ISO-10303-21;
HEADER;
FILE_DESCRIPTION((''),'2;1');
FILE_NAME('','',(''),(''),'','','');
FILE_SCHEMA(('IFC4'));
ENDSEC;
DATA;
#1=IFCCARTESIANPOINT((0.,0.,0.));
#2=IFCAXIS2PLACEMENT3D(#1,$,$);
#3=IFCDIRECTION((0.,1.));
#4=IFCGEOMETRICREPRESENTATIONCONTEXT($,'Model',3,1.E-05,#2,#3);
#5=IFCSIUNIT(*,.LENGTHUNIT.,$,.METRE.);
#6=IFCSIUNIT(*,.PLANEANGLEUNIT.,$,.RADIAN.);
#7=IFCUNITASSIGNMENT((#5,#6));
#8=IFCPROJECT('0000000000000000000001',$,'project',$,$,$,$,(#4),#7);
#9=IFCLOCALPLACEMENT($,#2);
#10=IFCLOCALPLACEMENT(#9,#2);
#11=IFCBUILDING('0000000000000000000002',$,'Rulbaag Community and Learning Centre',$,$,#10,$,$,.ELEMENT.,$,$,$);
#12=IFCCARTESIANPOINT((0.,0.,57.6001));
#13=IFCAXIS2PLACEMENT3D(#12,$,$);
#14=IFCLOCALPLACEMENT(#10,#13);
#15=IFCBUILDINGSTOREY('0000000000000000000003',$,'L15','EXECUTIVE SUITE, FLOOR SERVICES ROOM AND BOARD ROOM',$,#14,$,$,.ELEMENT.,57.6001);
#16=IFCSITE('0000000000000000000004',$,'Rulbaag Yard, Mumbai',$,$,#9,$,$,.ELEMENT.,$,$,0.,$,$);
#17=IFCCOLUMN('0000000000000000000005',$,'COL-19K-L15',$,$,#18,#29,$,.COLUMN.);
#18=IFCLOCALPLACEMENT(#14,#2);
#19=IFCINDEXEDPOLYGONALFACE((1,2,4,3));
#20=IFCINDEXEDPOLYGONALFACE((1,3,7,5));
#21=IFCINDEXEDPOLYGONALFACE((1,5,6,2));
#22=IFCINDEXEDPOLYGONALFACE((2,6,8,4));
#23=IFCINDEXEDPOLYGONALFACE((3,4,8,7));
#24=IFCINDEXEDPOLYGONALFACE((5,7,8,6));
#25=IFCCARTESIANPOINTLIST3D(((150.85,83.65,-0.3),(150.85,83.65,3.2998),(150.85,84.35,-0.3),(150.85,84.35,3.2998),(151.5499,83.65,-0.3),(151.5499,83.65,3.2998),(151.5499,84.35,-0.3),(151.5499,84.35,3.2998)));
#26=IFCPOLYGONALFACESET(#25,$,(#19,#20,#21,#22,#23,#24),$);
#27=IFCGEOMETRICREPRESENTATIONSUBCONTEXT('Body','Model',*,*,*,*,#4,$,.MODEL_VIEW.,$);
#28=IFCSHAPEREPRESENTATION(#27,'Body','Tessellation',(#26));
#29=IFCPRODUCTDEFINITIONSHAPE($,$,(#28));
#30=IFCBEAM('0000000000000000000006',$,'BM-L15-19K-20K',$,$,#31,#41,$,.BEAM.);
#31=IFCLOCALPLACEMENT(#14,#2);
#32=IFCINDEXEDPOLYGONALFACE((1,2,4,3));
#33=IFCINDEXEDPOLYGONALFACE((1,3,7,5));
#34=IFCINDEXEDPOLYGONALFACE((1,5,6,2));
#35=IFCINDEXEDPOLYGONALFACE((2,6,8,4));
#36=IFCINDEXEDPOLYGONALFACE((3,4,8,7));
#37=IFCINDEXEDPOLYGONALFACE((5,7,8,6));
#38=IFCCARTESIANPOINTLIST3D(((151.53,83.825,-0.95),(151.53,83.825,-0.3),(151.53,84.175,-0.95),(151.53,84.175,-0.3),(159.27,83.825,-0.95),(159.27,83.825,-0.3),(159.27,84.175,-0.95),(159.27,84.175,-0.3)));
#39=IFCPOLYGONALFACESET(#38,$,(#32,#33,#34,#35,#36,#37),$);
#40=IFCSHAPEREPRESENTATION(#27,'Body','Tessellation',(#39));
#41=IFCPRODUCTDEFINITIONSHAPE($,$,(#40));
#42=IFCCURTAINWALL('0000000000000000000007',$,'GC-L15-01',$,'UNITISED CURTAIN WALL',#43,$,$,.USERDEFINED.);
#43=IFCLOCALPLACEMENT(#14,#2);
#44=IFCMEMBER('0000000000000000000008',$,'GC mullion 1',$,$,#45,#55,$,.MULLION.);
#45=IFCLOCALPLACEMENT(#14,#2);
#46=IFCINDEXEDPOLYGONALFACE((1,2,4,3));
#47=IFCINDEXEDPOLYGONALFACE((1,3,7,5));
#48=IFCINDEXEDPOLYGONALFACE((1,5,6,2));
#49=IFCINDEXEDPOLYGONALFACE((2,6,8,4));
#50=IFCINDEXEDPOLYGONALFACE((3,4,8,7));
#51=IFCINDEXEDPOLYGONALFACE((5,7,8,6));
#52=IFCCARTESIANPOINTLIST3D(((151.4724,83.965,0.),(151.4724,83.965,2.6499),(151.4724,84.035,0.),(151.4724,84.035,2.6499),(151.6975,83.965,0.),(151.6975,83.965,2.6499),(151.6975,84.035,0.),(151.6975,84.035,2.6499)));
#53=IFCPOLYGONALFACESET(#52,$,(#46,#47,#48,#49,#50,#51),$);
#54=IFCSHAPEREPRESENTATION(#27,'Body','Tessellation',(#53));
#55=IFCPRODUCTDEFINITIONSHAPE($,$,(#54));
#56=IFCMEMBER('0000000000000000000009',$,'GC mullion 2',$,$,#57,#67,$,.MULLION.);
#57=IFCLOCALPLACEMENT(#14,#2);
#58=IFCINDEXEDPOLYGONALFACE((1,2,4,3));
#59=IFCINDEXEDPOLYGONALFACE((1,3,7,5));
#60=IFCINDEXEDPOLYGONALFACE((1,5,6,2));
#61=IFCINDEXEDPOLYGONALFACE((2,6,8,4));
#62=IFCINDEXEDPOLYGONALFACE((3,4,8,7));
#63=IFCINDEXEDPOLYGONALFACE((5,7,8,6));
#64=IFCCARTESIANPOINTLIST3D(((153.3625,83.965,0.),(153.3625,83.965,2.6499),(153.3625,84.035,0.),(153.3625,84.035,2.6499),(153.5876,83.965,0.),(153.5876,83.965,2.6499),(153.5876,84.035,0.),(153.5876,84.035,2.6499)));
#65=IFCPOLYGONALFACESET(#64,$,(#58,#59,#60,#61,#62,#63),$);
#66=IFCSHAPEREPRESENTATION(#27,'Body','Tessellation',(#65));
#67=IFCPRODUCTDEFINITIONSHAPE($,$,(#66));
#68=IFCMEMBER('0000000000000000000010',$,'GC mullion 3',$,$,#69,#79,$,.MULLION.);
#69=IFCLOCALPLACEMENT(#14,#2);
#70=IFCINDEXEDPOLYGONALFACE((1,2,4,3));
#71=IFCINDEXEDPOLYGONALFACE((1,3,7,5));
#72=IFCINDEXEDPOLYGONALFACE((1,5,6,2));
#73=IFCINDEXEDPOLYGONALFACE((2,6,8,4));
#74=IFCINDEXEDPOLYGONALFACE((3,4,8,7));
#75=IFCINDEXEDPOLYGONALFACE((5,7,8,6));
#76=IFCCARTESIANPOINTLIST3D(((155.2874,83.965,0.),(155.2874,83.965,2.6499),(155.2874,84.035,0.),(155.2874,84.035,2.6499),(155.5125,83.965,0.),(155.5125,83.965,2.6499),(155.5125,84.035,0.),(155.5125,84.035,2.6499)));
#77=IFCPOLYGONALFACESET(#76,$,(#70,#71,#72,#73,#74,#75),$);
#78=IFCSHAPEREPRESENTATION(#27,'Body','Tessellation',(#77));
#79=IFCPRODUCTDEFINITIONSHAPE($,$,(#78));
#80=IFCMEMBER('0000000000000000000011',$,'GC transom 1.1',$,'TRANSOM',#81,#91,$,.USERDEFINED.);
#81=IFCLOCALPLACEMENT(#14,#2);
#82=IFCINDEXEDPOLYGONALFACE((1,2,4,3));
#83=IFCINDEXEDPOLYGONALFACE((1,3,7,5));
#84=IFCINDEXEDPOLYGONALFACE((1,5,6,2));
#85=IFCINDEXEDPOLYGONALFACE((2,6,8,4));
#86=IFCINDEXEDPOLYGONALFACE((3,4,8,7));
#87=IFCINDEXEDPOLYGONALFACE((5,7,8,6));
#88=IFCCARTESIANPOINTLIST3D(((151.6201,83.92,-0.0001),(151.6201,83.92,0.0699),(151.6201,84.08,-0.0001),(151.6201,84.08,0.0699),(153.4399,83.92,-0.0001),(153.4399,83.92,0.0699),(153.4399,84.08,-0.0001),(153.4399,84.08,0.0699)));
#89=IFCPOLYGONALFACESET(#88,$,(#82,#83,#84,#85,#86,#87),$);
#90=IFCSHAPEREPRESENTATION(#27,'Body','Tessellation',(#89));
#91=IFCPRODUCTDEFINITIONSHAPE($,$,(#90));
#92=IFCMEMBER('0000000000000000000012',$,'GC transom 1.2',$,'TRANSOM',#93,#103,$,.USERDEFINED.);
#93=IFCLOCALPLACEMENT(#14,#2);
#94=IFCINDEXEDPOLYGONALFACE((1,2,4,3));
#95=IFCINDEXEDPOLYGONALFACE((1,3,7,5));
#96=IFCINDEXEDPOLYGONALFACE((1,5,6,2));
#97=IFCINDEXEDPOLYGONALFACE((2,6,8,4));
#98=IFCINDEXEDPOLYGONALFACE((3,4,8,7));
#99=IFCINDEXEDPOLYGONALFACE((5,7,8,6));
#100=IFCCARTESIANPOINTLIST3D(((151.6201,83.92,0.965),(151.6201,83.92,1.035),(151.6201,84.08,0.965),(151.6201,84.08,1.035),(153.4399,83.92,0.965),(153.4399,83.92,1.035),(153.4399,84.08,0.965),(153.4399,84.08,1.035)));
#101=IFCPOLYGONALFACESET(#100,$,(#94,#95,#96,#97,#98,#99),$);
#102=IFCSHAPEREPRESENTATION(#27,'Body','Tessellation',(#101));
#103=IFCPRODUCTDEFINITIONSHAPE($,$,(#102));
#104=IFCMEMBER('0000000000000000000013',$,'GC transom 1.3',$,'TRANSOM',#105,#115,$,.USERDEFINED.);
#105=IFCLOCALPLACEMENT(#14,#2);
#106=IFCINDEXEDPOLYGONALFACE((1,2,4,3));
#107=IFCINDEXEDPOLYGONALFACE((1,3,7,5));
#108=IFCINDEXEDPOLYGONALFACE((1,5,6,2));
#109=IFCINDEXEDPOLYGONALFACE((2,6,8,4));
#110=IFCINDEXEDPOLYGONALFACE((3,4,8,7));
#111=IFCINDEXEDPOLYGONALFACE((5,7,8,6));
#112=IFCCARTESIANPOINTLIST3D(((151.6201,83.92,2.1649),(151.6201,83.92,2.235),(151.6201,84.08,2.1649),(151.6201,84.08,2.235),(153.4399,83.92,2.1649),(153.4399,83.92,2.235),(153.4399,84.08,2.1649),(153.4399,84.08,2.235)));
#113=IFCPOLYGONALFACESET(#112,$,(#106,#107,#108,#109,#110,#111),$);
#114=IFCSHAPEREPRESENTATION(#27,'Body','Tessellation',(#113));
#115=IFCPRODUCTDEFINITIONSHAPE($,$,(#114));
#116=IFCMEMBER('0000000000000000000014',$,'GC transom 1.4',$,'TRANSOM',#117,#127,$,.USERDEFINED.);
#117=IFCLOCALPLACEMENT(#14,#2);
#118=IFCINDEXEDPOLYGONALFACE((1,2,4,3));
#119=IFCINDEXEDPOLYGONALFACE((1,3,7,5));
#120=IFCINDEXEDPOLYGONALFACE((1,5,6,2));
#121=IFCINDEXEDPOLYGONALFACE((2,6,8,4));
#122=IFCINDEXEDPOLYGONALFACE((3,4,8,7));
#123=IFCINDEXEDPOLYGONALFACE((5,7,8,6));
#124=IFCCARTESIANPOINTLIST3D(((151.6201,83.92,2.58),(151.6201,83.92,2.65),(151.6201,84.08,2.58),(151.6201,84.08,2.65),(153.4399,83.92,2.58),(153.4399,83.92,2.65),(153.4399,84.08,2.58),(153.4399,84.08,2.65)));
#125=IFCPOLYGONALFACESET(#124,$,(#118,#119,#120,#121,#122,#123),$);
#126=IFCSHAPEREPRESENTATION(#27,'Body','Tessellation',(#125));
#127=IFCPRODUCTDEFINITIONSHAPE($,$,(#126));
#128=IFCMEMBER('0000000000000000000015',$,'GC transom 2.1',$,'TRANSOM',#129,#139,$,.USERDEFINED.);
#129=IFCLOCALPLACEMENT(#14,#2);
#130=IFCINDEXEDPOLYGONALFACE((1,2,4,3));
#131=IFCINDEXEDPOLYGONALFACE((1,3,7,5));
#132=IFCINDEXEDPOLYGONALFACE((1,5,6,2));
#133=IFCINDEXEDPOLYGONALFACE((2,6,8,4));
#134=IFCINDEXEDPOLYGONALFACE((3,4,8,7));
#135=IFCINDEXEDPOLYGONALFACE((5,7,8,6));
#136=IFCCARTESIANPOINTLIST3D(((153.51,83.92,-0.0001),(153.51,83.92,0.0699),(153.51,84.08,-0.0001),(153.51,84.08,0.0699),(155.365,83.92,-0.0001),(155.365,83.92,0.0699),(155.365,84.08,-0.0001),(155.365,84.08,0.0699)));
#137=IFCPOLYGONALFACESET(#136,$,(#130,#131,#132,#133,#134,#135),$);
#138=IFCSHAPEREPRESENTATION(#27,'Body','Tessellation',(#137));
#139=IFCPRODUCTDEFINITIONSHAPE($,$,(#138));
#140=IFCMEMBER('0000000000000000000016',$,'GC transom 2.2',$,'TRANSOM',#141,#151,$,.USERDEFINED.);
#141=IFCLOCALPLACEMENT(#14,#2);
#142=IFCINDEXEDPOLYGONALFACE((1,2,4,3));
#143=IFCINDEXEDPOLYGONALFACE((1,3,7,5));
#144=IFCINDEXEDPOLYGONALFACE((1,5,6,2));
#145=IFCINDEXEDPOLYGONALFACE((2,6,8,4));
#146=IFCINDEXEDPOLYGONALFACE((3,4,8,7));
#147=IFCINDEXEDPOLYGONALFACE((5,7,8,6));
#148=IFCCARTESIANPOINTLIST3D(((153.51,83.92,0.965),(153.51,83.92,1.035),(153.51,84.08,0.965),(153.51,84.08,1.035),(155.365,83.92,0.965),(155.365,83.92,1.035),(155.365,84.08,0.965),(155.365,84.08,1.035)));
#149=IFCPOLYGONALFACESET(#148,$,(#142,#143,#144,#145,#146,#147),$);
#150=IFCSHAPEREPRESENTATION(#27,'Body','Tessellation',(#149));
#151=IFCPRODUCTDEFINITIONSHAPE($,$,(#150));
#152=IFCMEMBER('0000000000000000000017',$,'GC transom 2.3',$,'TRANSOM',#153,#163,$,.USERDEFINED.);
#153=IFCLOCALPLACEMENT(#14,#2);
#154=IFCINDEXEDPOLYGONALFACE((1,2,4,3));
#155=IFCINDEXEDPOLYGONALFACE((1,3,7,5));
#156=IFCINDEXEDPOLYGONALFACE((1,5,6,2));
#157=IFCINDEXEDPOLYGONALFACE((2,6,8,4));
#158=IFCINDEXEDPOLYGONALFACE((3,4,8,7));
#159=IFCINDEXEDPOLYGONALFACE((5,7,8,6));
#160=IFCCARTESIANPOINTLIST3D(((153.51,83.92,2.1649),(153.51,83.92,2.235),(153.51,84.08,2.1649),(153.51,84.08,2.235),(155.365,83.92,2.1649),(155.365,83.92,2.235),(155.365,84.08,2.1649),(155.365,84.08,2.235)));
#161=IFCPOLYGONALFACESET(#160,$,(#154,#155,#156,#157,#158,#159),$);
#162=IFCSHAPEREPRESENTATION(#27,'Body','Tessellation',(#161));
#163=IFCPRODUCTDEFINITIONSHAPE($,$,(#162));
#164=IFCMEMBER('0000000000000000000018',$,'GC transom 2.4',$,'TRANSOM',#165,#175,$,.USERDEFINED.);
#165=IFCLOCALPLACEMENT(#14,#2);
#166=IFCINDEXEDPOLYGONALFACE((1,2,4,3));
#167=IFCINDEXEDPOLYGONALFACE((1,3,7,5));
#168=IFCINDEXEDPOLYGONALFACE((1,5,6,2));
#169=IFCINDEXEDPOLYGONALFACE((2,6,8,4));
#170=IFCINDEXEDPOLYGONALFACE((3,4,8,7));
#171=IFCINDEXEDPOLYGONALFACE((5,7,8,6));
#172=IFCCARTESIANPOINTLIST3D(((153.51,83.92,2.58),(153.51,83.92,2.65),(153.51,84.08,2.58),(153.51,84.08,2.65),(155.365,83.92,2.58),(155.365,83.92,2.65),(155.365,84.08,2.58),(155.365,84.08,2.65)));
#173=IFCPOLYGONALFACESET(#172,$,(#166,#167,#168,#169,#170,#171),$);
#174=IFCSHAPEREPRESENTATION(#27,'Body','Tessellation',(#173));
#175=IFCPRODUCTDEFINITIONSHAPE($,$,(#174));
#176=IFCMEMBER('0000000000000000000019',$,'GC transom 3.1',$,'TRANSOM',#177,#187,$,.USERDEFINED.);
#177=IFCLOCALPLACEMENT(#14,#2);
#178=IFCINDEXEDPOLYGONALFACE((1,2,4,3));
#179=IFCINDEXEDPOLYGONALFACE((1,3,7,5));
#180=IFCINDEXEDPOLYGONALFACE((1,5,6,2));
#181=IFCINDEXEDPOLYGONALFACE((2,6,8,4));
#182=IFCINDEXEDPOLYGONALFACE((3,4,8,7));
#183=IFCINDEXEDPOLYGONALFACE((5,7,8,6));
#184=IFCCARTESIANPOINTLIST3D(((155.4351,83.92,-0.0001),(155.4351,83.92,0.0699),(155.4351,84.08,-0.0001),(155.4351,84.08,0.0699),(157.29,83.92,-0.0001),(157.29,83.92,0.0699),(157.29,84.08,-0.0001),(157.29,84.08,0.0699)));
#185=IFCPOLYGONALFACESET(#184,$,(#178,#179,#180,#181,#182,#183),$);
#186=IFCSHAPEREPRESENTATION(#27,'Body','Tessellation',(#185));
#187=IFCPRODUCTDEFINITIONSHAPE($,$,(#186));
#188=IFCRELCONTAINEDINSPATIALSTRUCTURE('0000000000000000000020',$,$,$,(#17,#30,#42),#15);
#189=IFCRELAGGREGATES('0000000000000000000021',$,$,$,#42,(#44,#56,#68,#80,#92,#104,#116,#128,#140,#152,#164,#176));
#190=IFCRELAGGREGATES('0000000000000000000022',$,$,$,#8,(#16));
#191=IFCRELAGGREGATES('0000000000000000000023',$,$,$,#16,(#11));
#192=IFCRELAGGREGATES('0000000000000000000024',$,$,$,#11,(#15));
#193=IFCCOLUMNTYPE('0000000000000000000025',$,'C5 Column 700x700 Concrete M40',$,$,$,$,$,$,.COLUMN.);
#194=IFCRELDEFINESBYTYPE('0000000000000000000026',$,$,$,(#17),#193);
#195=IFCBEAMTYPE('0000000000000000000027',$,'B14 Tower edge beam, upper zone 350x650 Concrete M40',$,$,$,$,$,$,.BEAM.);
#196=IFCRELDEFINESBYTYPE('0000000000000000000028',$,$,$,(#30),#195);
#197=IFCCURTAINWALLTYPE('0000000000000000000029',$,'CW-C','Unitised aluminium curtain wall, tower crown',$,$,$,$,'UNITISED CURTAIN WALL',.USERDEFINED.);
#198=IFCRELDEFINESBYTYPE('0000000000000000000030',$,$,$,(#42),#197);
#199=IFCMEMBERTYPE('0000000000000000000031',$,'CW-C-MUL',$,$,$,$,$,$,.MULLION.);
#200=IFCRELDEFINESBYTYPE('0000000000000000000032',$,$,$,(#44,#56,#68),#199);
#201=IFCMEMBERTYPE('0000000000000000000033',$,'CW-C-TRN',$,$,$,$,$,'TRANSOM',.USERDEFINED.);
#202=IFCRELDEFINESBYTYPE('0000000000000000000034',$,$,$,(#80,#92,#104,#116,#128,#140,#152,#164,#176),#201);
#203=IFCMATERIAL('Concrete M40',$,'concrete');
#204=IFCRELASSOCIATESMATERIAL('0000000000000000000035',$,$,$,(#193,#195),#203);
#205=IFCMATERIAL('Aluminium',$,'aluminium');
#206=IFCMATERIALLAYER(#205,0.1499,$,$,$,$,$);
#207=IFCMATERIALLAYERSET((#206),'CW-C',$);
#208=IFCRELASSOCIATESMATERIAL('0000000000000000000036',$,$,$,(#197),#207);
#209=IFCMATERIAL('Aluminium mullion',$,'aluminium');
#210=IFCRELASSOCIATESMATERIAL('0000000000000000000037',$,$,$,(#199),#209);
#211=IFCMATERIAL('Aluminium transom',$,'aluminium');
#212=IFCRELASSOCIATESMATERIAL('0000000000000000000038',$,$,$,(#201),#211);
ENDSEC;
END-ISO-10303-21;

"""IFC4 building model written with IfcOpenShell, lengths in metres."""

from ifc_helpers import new_model, si_unit, direction, frame, origin, origin_2d, place, context, subcontext, project, spatial, rectangle, extrude, material, layer, layer_set, material_profile, profile_set, type_object, element, aggregate, save


model = new_model("IFC4")

# Units and contexts
model_context = context("Model", 3, precision=1e-05, world=origin(), true_north=direction((0.0, 1.0)))
body_context = subcontext(model_context, "Body", "Model", "MODEL_VIEW")
ifc_project = project(units=[si_unit("LENGTHUNIT", "METRE"), si_unit("PLANEANGLEUNIT", "RADIAN")], contexts=[model_context])

# Site, building, storey
site_placement = place(None, origin())
site = spatial("IfcSite", under=ifc_project, at=site_placement, Name="Rulbaag Yard, Mumbai", CompositionType="ELEMENT", RefElevation=0.0)
building_placement = place(site_placement, origin())
building = spatial("IfcBuilding", under=site, at=building_placement, Name="Rulbaag Community and Learning Centre", CompositionType="ELEMENT")
storey_placement = place(building_placement, frame((0.0, 0.0, 57.6001)))
storey = spatial("IfcBuildingStorey", under=building, at=storey_placement, Name="L15", Description="EXECUTIVE SUITE, FLOOR SERVICES ROOM AND BOARD ROOM", CompositionType="ELEMENT", Elevation=57.6001)

# Column
ifc_material_1 = material(Name="Concrete M40", Category="concrete")
ifc_material_profile_1 = material_profile(ifc_material_1, rectangle(XDim=0.7, YDim=0.7, at=origin_2d()), Name="RC700x700")
ifc_profile_set_1 = profile_set([ifc_material_profile_1], Name="Concrete M40")
column_type = type_object("IfcColumnType", Name="C5 Column 700x700 Concrete M40", PredefinedType="COLUMN", material=ifc_profile_set_1)
column_placement = place(storey_placement, frame((151.2, 84.0, -0.3), z_axis=(0.0, 0.0, 1.0), x_axis=(1.0, 0.0, 0.0)))
element("IfcColumn", 1, at=column_placement, inside=storey, type_object=column_type, Name="COL-19K-L15", PredefinedType="COLUMN", context=body_context, shape_type="SweptSolid", body=[
    extrude(rectangle(XDim=0.7, YDim=0.7, at=origin_2d()), origin(), (0.0, 0.0, 1.0), 3.5999),
])

# Beam
ifc_material_profile_2 = material_profile(ifc_material_1, rectangle(XDim=0.3501, YDim=0.6499, at=origin_2d()), Name="RB350x650")
ifc_profile_set_2 = profile_set([ifc_material_profile_2], Name="Concrete M40")
beam_type = type_object("IfcBeamType", Name="B14 Tower edge beam, upper zone 350x650 Concrete M40", PredefinedType="BEAM", material=ifc_profile_set_2)
beam_placement = place(storey_placement, frame((151.53, 84.0, -0.625), z_axis=(1.0, 0.0, 0.0), x_axis=(0.0, 1.0, 0.0)))
element("IfcBeam", 2, at=beam_placement, inside=storey, type_object=beam_type, Name="BM-L15-19K-20K", PredefinedType="BEAM", context=body_context, shape_type="SweptSolid", body=[
    extrude(rectangle(XDim=0.3501, YDim=0.6499, at=origin_2d()), origin(), (0.0, 0.0, 1.0), 7.74),
])

# Curtain wall, members
ifc_material_2 = material(Name="Aluminium", Category="aluminium")
ifc_layer_1 = layer(ifc_material_2, 0.1499)
ifc_layer_set_1 = layer_set([ifc_layer_1], Name="CW-C")
curtain_wall_type = type_object("IfcCurtainWallType", Name="CW-C", Description="Unitised aluminium curtain wall, tower crown", ElementType="UNITISED CURTAIN WALL", PredefinedType="USERDEFINED", material=ifc_layer_set_1)
curtain_wall_placement = place(storey_placement, origin())
curtain_wall = element("IfcCurtainWall", 3, at=curtain_wall_placement, inside=storey, type_object=curtain_wall_type, Name="GC-L15-01", ObjectType="UNITISED CURTAIN WALL", PredefinedType="USERDEFINED")
ifc_material_3 = material(Name="Aluminium mullion", Category="aluminium")
ifc_material_profile_3 = material_profile(ifc_material_3, rectangle(XDim=0.0701, YDim=0.2251, at=origin_2d()), Name="AL 70x225")
ifc_profile_set_3 = profile_set([ifc_material_profile_3], Name="Aluminium mullion")
member_type_1 = type_object("IfcMemberType", Name="CW-C-MUL", PredefinedType="MULLION", material=ifc_profile_set_3)
member_1_placement = place(storey_placement, frame((151.585, 84.0, 0.0), z_axis=(0.0, 0.0, 1.0), x_axis=(0.0, 1.0, 0.0)))
member_1 = element("IfcMember", 4, at=member_1_placement, type_object=member_type_1, Name="GC mullion 1", PredefinedType="MULLION", context=body_context, shape_type="SweptSolid", body=[
    extrude(rectangle(XDim=0.0701, YDim=0.2251, at=origin_2d()), origin(), (0.0, 0.0, 1.0), 2.6499),
])
member_2_placement = place(storey_placement, frame((153.4751, 84.0, 0.0), z_axis=(0.0, 0.0, 1.0), x_axis=(0.0, 1.0, 0.0)))
member_2 = element("IfcMember", 5, at=member_2_placement, type_object=member_type_1, Name="GC mullion 2", PredefinedType="MULLION", context=body_context, shape_type="SweptSolid", body=[
    extrude(rectangle(XDim=0.0701, YDim=0.2251, at=origin_2d()), origin(), (0.0, 0.0, 1.0), 2.6499),
])
member_3_placement = place(storey_placement, frame((155.3999, 84.0, 0.0), z_axis=(0.0, 0.0, 1.0), x_axis=(0.0, 1.0, 0.0)))
member_3 = element("IfcMember", 6, at=member_3_placement, type_object=member_type_1, Name="GC mullion 3", PredefinedType="MULLION", context=body_context, shape_type="SweptSolid", body=[
    extrude(rectangle(XDim=0.0701, YDim=0.2251, at=origin_2d()), origin(), (0.0, 0.0, 1.0), 2.6499),
])
ifc_material_4 = material(Name="Aluminium transom", Category="aluminium")
ifc_material_profile_4 = material_profile(ifc_material_4, rectangle(XDim=0.1599, YDim=0.0701, at=origin_2d()), Name="AL 70x160 T")
ifc_profile_set_4 = profile_set([ifc_material_profile_4], Name="Aluminium transom")
member_type_2 = type_object("IfcMemberType", Name="CW-C-TRN", ElementType="TRANSOM", PredefinedType="USERDEFINED", material=ifc_profile_set_4)
member_4_placement = place(storey_placement, frame((151.6201, 84.0, 0.0349), z_axis=(1.0, 0.0, 0.0), x_axis=(0.0, 1.0, 0.0)))
member_4 = element("IfcMember", 7, at=member_4_placement, type_object=member_type_2, Name="GC transom 1.1", ObjectType="TRANSOM", PredefinedType="USERDEFINED", context=body_context, shape_type="SweptSolid", body=[
    extrude(rectangle(XDim=0.1599, YDim=0.0701, at=origin_2d()), origin(), (0.0, 0.0, 1.0), 1.8198),
])
member_5_placement = place(storey_placement, frame((151.6201, 84.0, 1.0), z_axis=(1.0, 0.0, 0.0), x_axis=(0.0, 1.0, 0.0)))
member_5 = element("IfcMember", 8, at=member_5_placement, type_object=member_type_2, Name="GC transom 1.2", ObjectType="TRANSOM", PredefinedType="USERDEFINED", context=body_context, shape_type="SweptSolid", body=[
    extrude(rectangle(XDim=0.1599, YDim=0.0701, at=origin_2d()), origin(), (0.0, 0.0, 1.0), 1.8198),
])
member_6_placement = place(storey_placement, frame((151.6201, 84.0, 2.2), z_axis=(1.0, 0.0, 0.0), x_axis=(0.0, 1.0, 0.0)))
member_6 = element("IfcMember", 9, at=member_6_placement, type_object=member_type_2, Name="GC transom 1.3", ObjectType="TRANSOM", PredefinedType="USERDEFINED", context=body_context, shape_type="SweptSolid", body=[
    extrude(rectangle(XDim=0.1599, YDim=0.0701, at=origin_2d()), origin(), (0.0, 0.0, 1.0), 1.8198),
])
member_7_placement = place(storey_placement, frame((151.6201, 84.0, 2.615), z_axis=(1.0, 0.0, 0.0), x_axis=(0.0, 1.0, 0.0)))
member_7 = element("IfcMember", 10, at=member_7_placement, type_object=member_type_2, Name="GC transom 1.4", ObjectType="TRANSOM", PredefinedType="USERDEFINED", context=body_context, shape_type="SweptSolid", body=[
    extrude(rectangle(XDim=0.1599, YDim=0.0701, at=origin_2d()), origin(), (0.0, 0.0, 1.0), 1.8198),
])
member_8_placement = place(storey_placement, frame((153.51, 84.0, 0.0349), z_axis=(1.0, 0.0, 0.0), x_axis=(0.0, 1.0, 0.0)))
member_8 = element("IfcMember", 11, at=member_8_placement, type_object=member_type_2, Name="GC transom 2.1", ObjectType="TRANSOM", PredefinedType="USERDEFINED", context=body_context, shape_type="SweptSolid", body=[
    extrude(rectangle(XDim=0.1599, YDim=0.0701, at=origin_2d()), origin(), (0.0, 0.0, 1.0), 1.855),
])
member_9_placement = place(storey_placement, frame((153.51, 84.0, 1.0), z_axis=(1.0, 0.0, 0.0), x_axis=(0.0, 1.0, 0.0)))
member_9 = element("IfcMember", 12, at=member_9_placement, type_object=member_type_2, Name="GC transom 2.2", ObjectType="TRANSOM", PredefinedType="USERDEFINED", context=body_context, shape_type="SweptSolid", body=[
    extrude(rectangle(XDim=0.1599, YDim=0.0701, at=origin_2d()), origin(), (0.0, 0.0, 1.0), 1.855),
])
member_10_placement = place(storey_placement, frame((153.51, 84.0, 2.2), z_axis=(1.0, 0.0, 0.0), x_axis=(0.0, 1.0, 0.0)))
member_10 = element("IfcMember", 13, at=member_10_placement, type_object=member_type_2, Name="GC transom 2.3", ObjectType="TRANSOM", PredefinedType="USERDEFINED", context=body_context, shape_type="SweptSolid", body=[
    extrude(rectangle(XDim=0.1599, YDim=0.0701, at=origin_2d()), origin(), (0.0, 0.0, 1.0), 1.855),
])
member_11_placement = place(storey_placement, frame((153.51, 84.0, 2.615), z_axis=(1.0, 0.0, 0.0), x_axis=(0.0, 1.0, 0.0)))
member_11 = element("IfcMember", 14, at=member_11_placement, type_object=member_type_2, Name="GC transom 2.4", ObjectType="TRANSOM", PredefinedType="USERDEFINED", context=body_context, shape_type="SweptSolid", body=[
    extrude(rectangle(XDim=0.1599, YDim=0.0701, at=origin_2d()), origin(), (0.0, 0.0, 1.0), 1.855),
])
member_12_placement = place(storey_placement, frame((155.4351, 84.0, 0.0349), z_axis=(1.0, 0.0, 0.0), x_axis=(0.0, 1.0, 0.0)))
member_12 = element("IfcMember", 15, at=member_12_placement, type_object=member_type_2, Name="GC transom 3.1", ObjectType="TRANSOM", PredefinedType="USERDEFINED", context=body_context, shape_type="SweptSolid", body=[
    extrude(rectangle(XDim=0.1599, YDim=0.0701, at=origin_2d()), origin(), (0.0, 0.0, 1.0), 1.855),
])
aggregate(curtain_wall, [member_1, member_2, member_3, member_4, member_5, member_6, member_7, member_8, member_9, member_10, member_11, member_12])

save(model, "model.ifc")
